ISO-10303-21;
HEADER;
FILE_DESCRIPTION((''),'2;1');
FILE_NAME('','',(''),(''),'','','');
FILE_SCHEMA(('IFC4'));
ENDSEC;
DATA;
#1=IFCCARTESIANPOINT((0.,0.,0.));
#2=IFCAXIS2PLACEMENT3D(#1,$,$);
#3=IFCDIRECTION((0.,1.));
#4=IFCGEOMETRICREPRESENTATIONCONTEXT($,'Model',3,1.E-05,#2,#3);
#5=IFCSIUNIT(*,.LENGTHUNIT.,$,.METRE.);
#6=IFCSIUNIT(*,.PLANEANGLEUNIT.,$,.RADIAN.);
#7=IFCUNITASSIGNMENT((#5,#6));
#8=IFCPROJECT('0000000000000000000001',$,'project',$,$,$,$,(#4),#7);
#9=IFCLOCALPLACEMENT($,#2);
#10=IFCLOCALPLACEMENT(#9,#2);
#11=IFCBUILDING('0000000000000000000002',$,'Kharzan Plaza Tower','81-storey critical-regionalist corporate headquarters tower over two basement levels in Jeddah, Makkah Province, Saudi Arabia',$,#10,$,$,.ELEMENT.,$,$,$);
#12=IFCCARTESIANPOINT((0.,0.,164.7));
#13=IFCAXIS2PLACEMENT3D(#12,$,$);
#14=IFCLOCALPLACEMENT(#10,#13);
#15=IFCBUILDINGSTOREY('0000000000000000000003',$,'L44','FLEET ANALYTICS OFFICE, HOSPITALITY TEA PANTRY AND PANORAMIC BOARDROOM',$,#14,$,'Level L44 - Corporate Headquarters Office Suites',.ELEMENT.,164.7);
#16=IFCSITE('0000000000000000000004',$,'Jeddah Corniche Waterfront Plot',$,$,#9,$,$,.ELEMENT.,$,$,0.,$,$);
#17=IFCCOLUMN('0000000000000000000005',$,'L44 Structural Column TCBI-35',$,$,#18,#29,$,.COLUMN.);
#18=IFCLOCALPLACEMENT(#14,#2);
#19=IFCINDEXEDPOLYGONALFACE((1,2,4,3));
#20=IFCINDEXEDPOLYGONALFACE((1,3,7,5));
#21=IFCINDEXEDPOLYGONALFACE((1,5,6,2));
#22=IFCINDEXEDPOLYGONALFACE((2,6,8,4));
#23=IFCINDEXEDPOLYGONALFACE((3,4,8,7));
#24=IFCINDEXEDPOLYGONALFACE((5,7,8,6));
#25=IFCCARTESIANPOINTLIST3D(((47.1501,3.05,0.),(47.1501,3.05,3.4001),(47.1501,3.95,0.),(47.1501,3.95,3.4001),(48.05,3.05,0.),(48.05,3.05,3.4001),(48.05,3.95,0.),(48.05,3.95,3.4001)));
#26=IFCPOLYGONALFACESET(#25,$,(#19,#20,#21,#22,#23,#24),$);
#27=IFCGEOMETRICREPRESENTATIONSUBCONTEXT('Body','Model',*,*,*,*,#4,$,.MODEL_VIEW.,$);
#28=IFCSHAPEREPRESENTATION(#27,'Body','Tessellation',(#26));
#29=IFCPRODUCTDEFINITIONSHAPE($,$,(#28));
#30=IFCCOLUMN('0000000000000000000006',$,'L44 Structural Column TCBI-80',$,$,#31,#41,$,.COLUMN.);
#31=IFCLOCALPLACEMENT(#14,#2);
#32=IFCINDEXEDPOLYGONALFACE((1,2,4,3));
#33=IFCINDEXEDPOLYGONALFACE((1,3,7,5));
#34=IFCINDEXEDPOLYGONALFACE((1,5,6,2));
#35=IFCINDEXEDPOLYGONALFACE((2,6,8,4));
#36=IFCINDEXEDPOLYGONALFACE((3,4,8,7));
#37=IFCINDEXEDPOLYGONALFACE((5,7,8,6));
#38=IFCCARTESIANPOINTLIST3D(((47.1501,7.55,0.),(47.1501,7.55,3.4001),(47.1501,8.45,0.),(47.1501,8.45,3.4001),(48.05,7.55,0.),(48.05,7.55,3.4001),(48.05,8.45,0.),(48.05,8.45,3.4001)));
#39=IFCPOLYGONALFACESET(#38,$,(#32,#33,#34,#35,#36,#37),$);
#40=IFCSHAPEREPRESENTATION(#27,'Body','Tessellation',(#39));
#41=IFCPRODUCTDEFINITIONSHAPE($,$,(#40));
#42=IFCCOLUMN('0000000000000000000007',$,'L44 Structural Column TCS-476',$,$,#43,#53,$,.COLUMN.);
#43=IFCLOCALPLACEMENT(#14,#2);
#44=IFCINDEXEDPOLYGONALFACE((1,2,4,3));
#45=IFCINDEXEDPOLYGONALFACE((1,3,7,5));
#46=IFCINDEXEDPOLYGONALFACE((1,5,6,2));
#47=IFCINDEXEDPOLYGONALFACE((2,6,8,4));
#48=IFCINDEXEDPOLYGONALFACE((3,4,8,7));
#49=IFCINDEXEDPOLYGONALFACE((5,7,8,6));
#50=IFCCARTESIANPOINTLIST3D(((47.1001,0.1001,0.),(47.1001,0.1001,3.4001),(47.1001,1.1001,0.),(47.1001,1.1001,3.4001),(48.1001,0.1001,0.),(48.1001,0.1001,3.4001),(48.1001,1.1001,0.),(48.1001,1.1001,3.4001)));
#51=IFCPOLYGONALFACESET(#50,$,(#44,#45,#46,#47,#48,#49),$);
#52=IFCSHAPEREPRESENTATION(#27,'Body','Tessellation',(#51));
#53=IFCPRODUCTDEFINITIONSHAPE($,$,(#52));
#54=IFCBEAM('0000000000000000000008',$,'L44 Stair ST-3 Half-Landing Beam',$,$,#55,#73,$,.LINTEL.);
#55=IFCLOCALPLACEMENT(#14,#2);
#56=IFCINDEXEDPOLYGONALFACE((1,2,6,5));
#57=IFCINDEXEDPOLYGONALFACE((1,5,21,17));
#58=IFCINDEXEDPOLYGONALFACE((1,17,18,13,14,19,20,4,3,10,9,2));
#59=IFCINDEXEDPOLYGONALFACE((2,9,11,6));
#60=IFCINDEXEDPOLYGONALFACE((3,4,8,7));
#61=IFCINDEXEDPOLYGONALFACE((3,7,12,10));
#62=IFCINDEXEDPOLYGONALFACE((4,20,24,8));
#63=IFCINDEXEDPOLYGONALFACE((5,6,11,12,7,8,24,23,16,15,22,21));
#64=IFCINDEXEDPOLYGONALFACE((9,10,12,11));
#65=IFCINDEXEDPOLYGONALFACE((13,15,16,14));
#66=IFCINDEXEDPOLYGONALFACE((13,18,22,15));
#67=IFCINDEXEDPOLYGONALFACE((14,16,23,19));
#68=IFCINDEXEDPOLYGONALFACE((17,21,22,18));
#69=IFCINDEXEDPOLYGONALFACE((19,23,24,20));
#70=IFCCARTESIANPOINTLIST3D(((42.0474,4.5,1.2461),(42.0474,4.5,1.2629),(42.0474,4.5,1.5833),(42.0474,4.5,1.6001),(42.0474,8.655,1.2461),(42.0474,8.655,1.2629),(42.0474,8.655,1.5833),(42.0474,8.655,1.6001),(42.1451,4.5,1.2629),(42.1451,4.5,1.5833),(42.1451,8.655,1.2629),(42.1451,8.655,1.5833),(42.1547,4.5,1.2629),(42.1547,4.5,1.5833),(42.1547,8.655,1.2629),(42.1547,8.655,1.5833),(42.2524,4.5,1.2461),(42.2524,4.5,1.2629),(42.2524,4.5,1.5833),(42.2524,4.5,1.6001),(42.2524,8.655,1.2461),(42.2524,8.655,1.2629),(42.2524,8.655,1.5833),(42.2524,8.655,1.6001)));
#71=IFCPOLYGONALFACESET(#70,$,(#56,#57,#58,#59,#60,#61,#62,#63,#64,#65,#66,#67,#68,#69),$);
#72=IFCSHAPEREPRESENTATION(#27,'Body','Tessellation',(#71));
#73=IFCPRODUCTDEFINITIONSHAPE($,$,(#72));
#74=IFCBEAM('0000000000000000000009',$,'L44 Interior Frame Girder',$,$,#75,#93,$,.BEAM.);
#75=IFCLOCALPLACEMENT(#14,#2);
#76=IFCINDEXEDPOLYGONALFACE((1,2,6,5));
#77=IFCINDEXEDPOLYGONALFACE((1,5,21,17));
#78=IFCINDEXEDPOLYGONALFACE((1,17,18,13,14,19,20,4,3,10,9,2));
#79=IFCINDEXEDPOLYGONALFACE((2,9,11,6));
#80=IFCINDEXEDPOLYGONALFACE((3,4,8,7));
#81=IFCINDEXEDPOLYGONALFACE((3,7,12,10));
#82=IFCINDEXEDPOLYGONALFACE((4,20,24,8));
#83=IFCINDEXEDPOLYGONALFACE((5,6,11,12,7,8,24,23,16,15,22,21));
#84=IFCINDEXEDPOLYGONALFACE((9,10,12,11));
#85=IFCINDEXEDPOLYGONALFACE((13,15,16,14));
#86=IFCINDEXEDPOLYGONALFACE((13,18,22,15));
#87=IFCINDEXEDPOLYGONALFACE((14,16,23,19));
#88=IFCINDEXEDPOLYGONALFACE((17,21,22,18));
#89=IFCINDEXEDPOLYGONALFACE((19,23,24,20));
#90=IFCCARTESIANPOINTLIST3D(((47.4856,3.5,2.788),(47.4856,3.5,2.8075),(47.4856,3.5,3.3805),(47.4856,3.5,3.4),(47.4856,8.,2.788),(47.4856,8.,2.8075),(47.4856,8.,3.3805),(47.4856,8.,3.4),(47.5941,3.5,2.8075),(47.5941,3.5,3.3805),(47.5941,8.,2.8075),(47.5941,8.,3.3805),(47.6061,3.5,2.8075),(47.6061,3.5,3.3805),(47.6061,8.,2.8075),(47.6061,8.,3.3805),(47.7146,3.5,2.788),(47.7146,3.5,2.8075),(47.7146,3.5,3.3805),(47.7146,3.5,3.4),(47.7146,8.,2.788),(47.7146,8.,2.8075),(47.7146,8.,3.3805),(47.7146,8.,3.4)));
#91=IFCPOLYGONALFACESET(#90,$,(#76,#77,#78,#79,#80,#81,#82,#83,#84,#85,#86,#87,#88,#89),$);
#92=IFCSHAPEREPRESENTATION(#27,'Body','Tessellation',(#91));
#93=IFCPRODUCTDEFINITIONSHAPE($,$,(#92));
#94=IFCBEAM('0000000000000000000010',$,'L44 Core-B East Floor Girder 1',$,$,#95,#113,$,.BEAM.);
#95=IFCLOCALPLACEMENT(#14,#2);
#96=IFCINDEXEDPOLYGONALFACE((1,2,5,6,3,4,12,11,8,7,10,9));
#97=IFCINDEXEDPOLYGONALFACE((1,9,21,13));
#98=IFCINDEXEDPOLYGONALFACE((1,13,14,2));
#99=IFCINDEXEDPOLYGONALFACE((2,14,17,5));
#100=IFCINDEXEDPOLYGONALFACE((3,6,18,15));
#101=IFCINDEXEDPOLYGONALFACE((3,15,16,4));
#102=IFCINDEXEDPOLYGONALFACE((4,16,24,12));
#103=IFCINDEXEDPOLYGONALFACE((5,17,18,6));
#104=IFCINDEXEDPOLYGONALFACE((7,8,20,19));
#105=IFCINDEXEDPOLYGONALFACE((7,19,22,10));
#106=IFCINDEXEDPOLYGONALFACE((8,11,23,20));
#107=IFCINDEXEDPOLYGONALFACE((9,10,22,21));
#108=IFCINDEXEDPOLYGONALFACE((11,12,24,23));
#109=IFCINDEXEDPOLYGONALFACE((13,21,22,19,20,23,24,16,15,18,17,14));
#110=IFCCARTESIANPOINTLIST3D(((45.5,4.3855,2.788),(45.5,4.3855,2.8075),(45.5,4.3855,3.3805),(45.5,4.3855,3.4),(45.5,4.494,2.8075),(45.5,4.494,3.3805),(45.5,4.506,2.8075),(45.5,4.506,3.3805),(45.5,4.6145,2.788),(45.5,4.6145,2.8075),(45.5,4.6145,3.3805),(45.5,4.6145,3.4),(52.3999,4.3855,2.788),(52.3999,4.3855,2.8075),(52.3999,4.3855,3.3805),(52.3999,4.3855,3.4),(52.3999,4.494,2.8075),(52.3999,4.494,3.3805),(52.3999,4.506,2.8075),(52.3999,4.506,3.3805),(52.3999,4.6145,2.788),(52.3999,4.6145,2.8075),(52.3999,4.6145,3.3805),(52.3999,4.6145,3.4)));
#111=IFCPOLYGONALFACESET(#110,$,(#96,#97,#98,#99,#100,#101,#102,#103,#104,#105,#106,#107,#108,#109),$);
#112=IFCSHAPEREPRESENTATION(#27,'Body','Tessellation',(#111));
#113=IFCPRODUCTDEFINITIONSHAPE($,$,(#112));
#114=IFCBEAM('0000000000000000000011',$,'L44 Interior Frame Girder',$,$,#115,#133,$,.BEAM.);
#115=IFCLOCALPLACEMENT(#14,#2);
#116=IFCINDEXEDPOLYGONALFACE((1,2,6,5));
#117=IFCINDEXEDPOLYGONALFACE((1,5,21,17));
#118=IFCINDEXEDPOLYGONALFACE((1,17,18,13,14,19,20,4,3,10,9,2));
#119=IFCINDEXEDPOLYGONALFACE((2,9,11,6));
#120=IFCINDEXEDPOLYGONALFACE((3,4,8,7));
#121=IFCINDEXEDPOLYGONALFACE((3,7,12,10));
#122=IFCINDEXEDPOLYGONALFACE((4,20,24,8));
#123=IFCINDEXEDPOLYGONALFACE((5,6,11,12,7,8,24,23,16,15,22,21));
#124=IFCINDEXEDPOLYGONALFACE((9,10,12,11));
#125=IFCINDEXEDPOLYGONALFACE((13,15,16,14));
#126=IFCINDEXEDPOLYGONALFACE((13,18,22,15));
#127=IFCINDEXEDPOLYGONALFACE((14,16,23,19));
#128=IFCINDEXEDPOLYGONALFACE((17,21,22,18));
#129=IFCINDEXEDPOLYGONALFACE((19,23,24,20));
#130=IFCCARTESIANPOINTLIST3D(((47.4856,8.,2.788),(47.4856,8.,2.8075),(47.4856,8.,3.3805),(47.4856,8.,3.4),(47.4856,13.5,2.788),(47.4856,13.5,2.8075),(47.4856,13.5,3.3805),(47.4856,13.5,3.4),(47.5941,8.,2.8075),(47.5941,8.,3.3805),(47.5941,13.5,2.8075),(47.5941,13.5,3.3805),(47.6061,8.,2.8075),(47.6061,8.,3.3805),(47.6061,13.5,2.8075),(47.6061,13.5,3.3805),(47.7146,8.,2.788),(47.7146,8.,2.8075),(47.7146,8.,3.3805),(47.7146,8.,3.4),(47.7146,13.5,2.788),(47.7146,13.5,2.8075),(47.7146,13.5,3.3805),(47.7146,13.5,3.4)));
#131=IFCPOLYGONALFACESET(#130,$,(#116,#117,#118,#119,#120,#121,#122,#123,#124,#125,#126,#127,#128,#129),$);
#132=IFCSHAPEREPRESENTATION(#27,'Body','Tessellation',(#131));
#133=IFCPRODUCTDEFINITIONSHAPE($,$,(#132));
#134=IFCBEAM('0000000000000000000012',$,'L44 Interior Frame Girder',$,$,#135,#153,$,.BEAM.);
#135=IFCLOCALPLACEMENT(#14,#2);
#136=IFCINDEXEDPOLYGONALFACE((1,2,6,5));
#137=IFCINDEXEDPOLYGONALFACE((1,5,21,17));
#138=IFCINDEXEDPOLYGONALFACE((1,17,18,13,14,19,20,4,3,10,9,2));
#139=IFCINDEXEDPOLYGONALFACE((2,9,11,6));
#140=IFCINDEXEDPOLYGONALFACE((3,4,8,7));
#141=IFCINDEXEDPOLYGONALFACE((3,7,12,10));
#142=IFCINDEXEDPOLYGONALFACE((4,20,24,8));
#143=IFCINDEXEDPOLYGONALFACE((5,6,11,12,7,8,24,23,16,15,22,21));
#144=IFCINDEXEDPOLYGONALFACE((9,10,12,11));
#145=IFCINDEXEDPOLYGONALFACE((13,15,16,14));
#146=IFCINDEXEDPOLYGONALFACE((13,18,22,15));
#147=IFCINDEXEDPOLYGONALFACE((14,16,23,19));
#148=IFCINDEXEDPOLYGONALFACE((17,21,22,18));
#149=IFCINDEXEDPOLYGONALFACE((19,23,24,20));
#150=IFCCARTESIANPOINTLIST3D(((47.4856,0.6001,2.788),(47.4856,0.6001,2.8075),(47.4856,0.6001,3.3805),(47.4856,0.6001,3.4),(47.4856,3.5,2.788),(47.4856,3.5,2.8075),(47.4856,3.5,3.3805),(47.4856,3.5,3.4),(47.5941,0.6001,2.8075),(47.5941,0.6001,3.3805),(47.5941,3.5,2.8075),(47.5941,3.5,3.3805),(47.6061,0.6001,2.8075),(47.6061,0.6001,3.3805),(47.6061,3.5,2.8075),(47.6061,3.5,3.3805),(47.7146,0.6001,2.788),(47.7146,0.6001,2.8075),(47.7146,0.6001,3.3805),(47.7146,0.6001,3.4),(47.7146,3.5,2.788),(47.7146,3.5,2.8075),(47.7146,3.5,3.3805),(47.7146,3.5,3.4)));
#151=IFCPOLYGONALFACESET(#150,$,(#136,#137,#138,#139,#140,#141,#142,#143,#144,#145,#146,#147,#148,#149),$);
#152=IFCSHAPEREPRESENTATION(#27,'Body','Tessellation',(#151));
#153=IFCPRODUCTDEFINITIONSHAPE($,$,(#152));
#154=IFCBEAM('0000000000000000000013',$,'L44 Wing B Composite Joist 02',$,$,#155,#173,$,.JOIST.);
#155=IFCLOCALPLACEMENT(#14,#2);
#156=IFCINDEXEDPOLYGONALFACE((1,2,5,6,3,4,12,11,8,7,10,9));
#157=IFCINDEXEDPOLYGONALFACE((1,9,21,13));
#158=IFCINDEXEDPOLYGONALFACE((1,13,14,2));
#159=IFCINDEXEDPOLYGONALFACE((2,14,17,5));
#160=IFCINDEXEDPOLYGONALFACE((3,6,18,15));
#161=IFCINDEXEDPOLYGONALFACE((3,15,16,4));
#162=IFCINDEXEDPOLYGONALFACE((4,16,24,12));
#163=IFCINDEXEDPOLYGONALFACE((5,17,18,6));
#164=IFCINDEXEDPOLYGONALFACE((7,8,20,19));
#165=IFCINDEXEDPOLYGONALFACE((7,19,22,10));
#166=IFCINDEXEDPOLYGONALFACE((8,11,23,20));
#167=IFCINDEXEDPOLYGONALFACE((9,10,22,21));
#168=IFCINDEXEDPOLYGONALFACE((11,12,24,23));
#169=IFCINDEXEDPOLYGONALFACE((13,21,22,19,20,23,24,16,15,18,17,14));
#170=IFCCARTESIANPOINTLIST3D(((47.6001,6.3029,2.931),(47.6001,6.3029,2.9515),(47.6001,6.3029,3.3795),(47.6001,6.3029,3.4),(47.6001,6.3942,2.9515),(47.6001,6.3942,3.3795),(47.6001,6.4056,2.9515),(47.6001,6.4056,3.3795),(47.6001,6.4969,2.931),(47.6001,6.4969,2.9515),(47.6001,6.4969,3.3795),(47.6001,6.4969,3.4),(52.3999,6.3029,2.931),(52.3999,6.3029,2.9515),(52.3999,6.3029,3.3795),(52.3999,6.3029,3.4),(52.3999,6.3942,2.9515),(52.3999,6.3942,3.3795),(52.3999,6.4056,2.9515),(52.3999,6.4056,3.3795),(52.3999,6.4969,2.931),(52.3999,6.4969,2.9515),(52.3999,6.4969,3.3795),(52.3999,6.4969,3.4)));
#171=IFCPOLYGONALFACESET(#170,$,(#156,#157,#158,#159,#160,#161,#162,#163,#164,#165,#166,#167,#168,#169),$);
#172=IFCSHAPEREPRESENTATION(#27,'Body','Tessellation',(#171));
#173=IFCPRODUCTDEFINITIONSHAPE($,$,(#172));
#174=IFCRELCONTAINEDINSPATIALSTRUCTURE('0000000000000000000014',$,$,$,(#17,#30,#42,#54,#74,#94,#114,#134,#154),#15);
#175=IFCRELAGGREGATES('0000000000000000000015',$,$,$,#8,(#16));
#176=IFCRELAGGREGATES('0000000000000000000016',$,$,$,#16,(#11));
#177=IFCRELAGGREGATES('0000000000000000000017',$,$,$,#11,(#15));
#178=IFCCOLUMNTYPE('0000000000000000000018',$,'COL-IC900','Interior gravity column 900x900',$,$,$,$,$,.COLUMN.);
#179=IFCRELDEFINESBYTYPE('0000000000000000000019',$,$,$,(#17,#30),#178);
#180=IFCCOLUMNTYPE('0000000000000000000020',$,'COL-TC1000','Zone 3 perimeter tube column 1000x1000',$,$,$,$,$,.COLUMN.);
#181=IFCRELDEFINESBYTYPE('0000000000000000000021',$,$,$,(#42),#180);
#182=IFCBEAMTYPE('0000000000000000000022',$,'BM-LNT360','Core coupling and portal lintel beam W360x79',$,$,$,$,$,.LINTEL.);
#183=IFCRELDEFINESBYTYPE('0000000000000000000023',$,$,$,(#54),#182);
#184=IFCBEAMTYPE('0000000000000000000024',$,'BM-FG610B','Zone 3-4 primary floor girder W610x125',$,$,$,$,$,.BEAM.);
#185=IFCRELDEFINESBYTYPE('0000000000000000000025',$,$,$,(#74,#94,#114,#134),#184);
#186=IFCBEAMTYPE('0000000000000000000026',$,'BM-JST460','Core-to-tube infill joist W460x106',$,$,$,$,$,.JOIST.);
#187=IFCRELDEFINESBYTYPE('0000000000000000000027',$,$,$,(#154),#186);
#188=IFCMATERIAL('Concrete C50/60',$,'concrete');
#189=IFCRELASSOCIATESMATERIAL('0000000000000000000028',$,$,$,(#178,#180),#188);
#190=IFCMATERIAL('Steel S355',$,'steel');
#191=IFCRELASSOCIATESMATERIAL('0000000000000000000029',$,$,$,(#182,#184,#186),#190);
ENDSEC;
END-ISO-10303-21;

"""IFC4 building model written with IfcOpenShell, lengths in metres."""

from ifc_helpers import new_model, si_unit, direction, frame, origin, origin_2d, place, context, subcontext, project, spatial, rectangle, i_section, extrude, source, transform, mapped, material, material_profile, profile_set, type_object, element, save


model = new_model("IFC4")

# Units and contexts
model_context = context("Model", 3, precision=1e-05, world=origin(), true_north=direction((0.0, 1.0)))
body_context = subcontext(model_context, "Body", "Model", "MODEL_VIEW")
ifc_project = project(units=[si_unit("LENGTHUNIT", "METRE"), si_unit("PLANEANGLEUNIT", "RADIAN")], contexts=[model_context])

# Site, building, storey
site_placement = place(None, origin())
site = spatial("IfcSite", under=ifc_project, at=site_placement, Name="Jeddah Corniche Waterfront Plot", CompositionType="ELEMENT", RefElevation=0.0)
building_placement = place(site_placement, origin())
building = spatial("IfcBuilding", under=site, at=building_placement, Name="Kharzan Plaza Tower", Description="81-storey critical-regionalist corporate headquarters tower over two basement levels in Jeddah, Makkah Province, Saudi Arabia", CompositionType="ELEMENT")
storey_placement = place(building_placement, frame((0.0, 0.0, 164.7)))
storey = spatial("IfcBuildingStorey", under=building, at=storey_placement, Name="L44", Description="FLEET ANALYTICS OFFICE, HOSPITALITY TEA PANTRY AND PANORAMIC BOARDROOM", LongName="Level L44 - Corporate Headquarters Office Suites", CompositionType="ELEMENT", Elevation=164.7)

# Columns
ifc_material_1 = material(Name="Concrete C50/60", Category="concrete")
ifc_material_profile_1 = material_profile(ifc_material_1, rectangle(XDim=0.8999, YDim=0.8999, at=origin_2d()), Name="RC-IC900x900")
ifc_profile_set_1 = profile_set([ifc_material_profile_1], Name="Concrete C50/60")
column_type_1 = type_object("IfcColumnType", Name="COL-IC900", Description="Interior gravity column 900x900", PredefinedType="COLUMN", material=ifc_profile_set_1)
shared_shape_1 = source(origin(), body_context, "Body", "SweptSolid", [
    extrude(rectangle(XDim=0.8999, YDim=0.8999, at=origin_2d()), origin(), (0.0, 0.0, 1.0), 3.4001),
])
for number, where, z_axis, x_axis, name in (
    (1, (47.6001, 3.5, 0.0), (0.0, 0.0, 1.0), (1.0, 0.0, 0.0), "L44 Structural Column TCBI-35"),
    (2, (47.6001, 8.0, 0.0), (0.0, 0.0, 1.0), (1.0, 0.0, 0.0), "L44 Structural Column TCBI-80"),
):
    element("IfcColumn", number, at=place(storey_placement, frame(where, z_axis=z_axis, x_axis=x_axis)), inside=storey, type_object=column_type_1, Name=name, PredefinedType="COLUMN", context=body_context, shape_type="MappedRepresentation", body=[
        mapped(shared_shape_1, transform((0.0, 0.0, 0.0), x_axis=(1.0, 0.0, 0.0), y_axis=(0.0, 1.0, 0.0), z_axis=(0.0, 0.0, 1.0))),
    ])
ifc_material_profile_2 = material_profile(ifc_material_1, rectangle(XDim=1.0, YDim=1.0, at=origin_2d()), Name="RC-TC1000x1000")
ifc_profile_set_2 = profile_set([ifc_material_profile_2], Name="Concrete C50/60")
column_type_2 = type_object("IfcColumnType", Name="COL-TC1000", Description="Zone 3 perimeter tube column 1000x1000", PredefinedType="COLUMN", material=ifc_profile_set_2)
shared_shape_2 = source(origin(), body_context, "Body", "SweptSolid", [
    extrude(rectangle(XDim=1.0, YDim=1.0, at=origin_2d()), origin(), (0.0, 0.0, 1.0), 3.4001),
])
column_placement = place(storey_placement, frame((47.6001, 0.6001, 0.0), z_axis=(0.0, 0.0, 1.0), x_axis=(1.0, 0.0, 0.0)))
element("IfcColumn", 3, at=column_placement, inside=storey, type_object=column_type_2, Name="L44 Structural Column TCS-476", PredefinedType="COLUMN", context=body_context, shape_type="MappedRepresentation", body=[
    mapped(shared_shape_2, transform((0.0, 0.0, 0.0), x_axis=(1.0, 0.0, 0.0), y_axis=(0.0, 1.0, 0.0), z_axis=(0.0, 0.0, 1.0))),
])

# Beams
ifc_material_2 = material(Name="Steel S355", Category="steel")
ifc_material_profile_3 = material_profile(ifc_material_2, i_section(OverallWidth=0.2051, OverallDepth=0.354, WebThickness=0.0095, FlangeThickness=0.0168, at=origin_2d()), Name="W360x79")
ifc_profile_set_3 = profile_set([ifc_material_profile_3], Name="Steel S355")
beam_type_1 = type_object("IfcBeamType", Name="BM-LNT360", Description="Core coupling and portal lintel beam W360x79", PredefinedType="LINTEL", material=ifc_profile_set_3)
shared_shape_3 = source(origin(), body_context, "Body", "SweptSolid", [
    extrude(i_section(OverallWidth=0.2051, OverallDepth=0.354, WebThickness=0.0095, FlangeThickness=0.0168, at=origin_2d()), origin(), (0.0, 0.0, 1.0), 4.155),
])
beam_1_placement = place(storey_placement, frame((42.1499, 4.5, 1.4231), z_axis=(0.0, 1.0, 0.0), x_axis=(-1.0, 0.0, 0.0)))
element("IfcBeam", 4, at=beam_1_placement, inside=storey, type_object=beam_type_1, Name="L44 Stair ST-3 Half-Landing Beam", PredefinedType="LINTEL", context=body_context, shape_type="MappedRepresentation", body=[
    mapped(shared_shape_3, transform((0.0, 0.0, 0.0), x_axis=(1.0, 0.0, 0.0), y_axis=(0.0, 1.0, 0.0), z_axis=(0.0, 0.0, 1.0))),
])
ifc_material_profile_4 = material_profile(ifc_material_2, i_section(OverallWidth=0.229, OverallDepth=0.6121, WebThickness=0.012, FlangeThickness=0.0195, at=origin_2d()), Name="W610x125")
ifc_profile_set_4 = profile_set([ifc_material_profile_4], Name="Steel S355")
beam_type_2 = type_object("IfcBeamType", Name="BM-FG610B", Description="Zone 3-4 primary floor girder W610x125", PredefinedType="BEAM", material=ifc_profile_set_4)
shared_shape_4 = source(origin(), body_context, "Body", "SweptSolid", [
    extrude(i_section(OverallWidth=0.229, OverallDepth=0.6121, WebThickness=0.012, FlangeThickness=0.0195, at=origin_2d()), origin(), (0.0, 0.0, 1.0), 4.5),
])
beam_2_placement = place(storey_placement, frame((47.6001, 3.5, 3.094), z_axis=(0.0, 1.0, 0.0), x_axis=(-1.0, 0.0, 0.0)))
element("IfcBeam", 5, at=beam_2_placement, inside=storey, type_object=beam_type_2, Name="L44 Interior Frame Girder", PredefinedType="BEAM", context=body_context, shape_type="MappedRepresentation", body=[
    mapped(shared_shape_4, transform((0.0, 0.0, 0.0), x_axis=(1.0, 0.0, 0.0), y_axis=(0.0, 1.0, 0.0), z_axis=(0.0, 0.0, 1.0))),
])
shared_shape_5 = source(origin(), body_context, "Body", "SweptSolid", [
    extrude(i_section(OverallWidth=0.229, OverallDepth=0.6121, WebThickness=0.012, FlangeThickness=0.0195, at=origin_2d()), origin(), (0.0, 0.0, 1.0), 6.8999),
])
beam_3_placement = place(storey_placement, frame((45.5, 4.5, 3.094), z_axis=(1.0, 0.0, 0.0), x_axis=(0.0, 1.0, 0.0)))
element("IfcBeam", 6, at=beam_3_placement, inside=storey, type_object=beam_type_2, Name="L44 Core-B East Floor Girder 1", PredefinedType="BEAM", context=body_context, shape_type="MappedRepresentation", body=[
    mapped(shared_shape_5, transform((0.0, 0.0, 0.0), x_axis=(1.0, 0.0, 0.0), y_axis=(0.0, 1.0, 0.0), z_axis=(0.0, 0.0, 1.0))),
])
shared_shape_6 = source(origin(), body_context, "Body", "SweptSolid", [
    extrude(i_section(OverallWidth=0.229, OverallDepth=0.6121, WebThickness=0.012, FlangeThickness=0.0195, at=origin_2d()), origin(), (0.0, 0.0, 1.0), 5.5),
])
beam_4_placement = place(storey_placement, frame((47.6001, 8.0, 3.094), z_axis=(0.0, 1.0, 0.0), x_axis=(-1.0, 0.0, 0.0)))
element("IfcBeam", 7, at=beam_4_placement, inside=storey, type_object=beam_type_2, Name="L44 Interior Frame Girder", PredefinedType="BEAM", context=body_context, shape_type="MappedRepresentation", body=[
    mapped(shared_shape_6, transform((0.0, 0.0, 0.0), x_axis=(1.0, 0.0, 0.0), y_axis=(0.0, 1.0, 0.0), z_axis=(0.0, 0.0, 1.0))),
])
shared_shape_7 = source(origin(), body_context, "Body", "SweptSolid", [
    extrude(i_section(OverallWidth=0.229, OverallDepth=0.6121, WebThickness=0.012, FlangeThickness=0.0195, at=origin_2d()), origin(), (0.0, 0.0, 1.0), 2.8999),
])
beam_5_placement = place(storey_placement, frame((47.6001, 0.6001, 3.094), z_axis=(0.0, 1.0, 0.0), x_axis=(-1.0, 0.0, 0.0)))
element("IfcBeam", 8, at=beam_5_placement, inside=storey, type_object=beam_type_2, Name="L44 Interior Frame Girder", PredefinedType="BEAM", context=body_context, shape_type="MappedRepresentation", body=[
    mapped(shared_shape_7, transform((0.0, 0.0, 0.0), x_axis=(1.0, 0.0, 0.0), y_axis=(0.0, 1.0, 0.0), z_axis=(0.0, 0.0, 1.0))),
])
ifc_material_profile_5 = material_profile(ifc_material_2, i_section(OverallWidth=0.1941, OverallDepth=0.469, WebThickness=0.0115, FlangeThickness=0.0205, at=origin_2d()), Name="W460x106")
ifc_profile_set_5 = profile_set([ifc_material_profile_5], Name="Steel S355")
beam_type_3 = type_object("IfcBeamType", Name="BM-JST460", Description="Core-to-tube infill joist W460x106", PredefinedType="JOIST", material=ifc_profile_set_5)
shared_shape_8 = source(origin(), body_context, "Body", "SweptSolid", [
    extrude(i_section(OverallWidth=0.1941, OverallDepth=0.469, WebThickness=0.0115, FlangeThickness=0.0205, at=origin_2d()), origin(), (0.0, 0.0, 1.0), 4.7998),
])
beam_6_placement = place(storey_placement, frame((47.6001, 6.3999, 3.1655), z_axis=(1.0, 0.0, 0.0), x_axis=(0.0, 1.0, 0.0)))
element("IfcBeam", 9, at=beam_6_placement, inside=storey, type_object=beam_type_3, Name="L44 Wing B Composite Joist 02", PredefinedType="JOIST", context=body_context, shape_type="MappedRepresentation", body=[
    mapped(shared_shape_8, transform((0.0, 0.0, 0.0), x_axis=(1.0, 0.0, 0.0), y_axis=(0.0, 1.0, 0.0), z_axis=(0.0, 0.0, 1.0))),
])

save(model, "model.ifc")
